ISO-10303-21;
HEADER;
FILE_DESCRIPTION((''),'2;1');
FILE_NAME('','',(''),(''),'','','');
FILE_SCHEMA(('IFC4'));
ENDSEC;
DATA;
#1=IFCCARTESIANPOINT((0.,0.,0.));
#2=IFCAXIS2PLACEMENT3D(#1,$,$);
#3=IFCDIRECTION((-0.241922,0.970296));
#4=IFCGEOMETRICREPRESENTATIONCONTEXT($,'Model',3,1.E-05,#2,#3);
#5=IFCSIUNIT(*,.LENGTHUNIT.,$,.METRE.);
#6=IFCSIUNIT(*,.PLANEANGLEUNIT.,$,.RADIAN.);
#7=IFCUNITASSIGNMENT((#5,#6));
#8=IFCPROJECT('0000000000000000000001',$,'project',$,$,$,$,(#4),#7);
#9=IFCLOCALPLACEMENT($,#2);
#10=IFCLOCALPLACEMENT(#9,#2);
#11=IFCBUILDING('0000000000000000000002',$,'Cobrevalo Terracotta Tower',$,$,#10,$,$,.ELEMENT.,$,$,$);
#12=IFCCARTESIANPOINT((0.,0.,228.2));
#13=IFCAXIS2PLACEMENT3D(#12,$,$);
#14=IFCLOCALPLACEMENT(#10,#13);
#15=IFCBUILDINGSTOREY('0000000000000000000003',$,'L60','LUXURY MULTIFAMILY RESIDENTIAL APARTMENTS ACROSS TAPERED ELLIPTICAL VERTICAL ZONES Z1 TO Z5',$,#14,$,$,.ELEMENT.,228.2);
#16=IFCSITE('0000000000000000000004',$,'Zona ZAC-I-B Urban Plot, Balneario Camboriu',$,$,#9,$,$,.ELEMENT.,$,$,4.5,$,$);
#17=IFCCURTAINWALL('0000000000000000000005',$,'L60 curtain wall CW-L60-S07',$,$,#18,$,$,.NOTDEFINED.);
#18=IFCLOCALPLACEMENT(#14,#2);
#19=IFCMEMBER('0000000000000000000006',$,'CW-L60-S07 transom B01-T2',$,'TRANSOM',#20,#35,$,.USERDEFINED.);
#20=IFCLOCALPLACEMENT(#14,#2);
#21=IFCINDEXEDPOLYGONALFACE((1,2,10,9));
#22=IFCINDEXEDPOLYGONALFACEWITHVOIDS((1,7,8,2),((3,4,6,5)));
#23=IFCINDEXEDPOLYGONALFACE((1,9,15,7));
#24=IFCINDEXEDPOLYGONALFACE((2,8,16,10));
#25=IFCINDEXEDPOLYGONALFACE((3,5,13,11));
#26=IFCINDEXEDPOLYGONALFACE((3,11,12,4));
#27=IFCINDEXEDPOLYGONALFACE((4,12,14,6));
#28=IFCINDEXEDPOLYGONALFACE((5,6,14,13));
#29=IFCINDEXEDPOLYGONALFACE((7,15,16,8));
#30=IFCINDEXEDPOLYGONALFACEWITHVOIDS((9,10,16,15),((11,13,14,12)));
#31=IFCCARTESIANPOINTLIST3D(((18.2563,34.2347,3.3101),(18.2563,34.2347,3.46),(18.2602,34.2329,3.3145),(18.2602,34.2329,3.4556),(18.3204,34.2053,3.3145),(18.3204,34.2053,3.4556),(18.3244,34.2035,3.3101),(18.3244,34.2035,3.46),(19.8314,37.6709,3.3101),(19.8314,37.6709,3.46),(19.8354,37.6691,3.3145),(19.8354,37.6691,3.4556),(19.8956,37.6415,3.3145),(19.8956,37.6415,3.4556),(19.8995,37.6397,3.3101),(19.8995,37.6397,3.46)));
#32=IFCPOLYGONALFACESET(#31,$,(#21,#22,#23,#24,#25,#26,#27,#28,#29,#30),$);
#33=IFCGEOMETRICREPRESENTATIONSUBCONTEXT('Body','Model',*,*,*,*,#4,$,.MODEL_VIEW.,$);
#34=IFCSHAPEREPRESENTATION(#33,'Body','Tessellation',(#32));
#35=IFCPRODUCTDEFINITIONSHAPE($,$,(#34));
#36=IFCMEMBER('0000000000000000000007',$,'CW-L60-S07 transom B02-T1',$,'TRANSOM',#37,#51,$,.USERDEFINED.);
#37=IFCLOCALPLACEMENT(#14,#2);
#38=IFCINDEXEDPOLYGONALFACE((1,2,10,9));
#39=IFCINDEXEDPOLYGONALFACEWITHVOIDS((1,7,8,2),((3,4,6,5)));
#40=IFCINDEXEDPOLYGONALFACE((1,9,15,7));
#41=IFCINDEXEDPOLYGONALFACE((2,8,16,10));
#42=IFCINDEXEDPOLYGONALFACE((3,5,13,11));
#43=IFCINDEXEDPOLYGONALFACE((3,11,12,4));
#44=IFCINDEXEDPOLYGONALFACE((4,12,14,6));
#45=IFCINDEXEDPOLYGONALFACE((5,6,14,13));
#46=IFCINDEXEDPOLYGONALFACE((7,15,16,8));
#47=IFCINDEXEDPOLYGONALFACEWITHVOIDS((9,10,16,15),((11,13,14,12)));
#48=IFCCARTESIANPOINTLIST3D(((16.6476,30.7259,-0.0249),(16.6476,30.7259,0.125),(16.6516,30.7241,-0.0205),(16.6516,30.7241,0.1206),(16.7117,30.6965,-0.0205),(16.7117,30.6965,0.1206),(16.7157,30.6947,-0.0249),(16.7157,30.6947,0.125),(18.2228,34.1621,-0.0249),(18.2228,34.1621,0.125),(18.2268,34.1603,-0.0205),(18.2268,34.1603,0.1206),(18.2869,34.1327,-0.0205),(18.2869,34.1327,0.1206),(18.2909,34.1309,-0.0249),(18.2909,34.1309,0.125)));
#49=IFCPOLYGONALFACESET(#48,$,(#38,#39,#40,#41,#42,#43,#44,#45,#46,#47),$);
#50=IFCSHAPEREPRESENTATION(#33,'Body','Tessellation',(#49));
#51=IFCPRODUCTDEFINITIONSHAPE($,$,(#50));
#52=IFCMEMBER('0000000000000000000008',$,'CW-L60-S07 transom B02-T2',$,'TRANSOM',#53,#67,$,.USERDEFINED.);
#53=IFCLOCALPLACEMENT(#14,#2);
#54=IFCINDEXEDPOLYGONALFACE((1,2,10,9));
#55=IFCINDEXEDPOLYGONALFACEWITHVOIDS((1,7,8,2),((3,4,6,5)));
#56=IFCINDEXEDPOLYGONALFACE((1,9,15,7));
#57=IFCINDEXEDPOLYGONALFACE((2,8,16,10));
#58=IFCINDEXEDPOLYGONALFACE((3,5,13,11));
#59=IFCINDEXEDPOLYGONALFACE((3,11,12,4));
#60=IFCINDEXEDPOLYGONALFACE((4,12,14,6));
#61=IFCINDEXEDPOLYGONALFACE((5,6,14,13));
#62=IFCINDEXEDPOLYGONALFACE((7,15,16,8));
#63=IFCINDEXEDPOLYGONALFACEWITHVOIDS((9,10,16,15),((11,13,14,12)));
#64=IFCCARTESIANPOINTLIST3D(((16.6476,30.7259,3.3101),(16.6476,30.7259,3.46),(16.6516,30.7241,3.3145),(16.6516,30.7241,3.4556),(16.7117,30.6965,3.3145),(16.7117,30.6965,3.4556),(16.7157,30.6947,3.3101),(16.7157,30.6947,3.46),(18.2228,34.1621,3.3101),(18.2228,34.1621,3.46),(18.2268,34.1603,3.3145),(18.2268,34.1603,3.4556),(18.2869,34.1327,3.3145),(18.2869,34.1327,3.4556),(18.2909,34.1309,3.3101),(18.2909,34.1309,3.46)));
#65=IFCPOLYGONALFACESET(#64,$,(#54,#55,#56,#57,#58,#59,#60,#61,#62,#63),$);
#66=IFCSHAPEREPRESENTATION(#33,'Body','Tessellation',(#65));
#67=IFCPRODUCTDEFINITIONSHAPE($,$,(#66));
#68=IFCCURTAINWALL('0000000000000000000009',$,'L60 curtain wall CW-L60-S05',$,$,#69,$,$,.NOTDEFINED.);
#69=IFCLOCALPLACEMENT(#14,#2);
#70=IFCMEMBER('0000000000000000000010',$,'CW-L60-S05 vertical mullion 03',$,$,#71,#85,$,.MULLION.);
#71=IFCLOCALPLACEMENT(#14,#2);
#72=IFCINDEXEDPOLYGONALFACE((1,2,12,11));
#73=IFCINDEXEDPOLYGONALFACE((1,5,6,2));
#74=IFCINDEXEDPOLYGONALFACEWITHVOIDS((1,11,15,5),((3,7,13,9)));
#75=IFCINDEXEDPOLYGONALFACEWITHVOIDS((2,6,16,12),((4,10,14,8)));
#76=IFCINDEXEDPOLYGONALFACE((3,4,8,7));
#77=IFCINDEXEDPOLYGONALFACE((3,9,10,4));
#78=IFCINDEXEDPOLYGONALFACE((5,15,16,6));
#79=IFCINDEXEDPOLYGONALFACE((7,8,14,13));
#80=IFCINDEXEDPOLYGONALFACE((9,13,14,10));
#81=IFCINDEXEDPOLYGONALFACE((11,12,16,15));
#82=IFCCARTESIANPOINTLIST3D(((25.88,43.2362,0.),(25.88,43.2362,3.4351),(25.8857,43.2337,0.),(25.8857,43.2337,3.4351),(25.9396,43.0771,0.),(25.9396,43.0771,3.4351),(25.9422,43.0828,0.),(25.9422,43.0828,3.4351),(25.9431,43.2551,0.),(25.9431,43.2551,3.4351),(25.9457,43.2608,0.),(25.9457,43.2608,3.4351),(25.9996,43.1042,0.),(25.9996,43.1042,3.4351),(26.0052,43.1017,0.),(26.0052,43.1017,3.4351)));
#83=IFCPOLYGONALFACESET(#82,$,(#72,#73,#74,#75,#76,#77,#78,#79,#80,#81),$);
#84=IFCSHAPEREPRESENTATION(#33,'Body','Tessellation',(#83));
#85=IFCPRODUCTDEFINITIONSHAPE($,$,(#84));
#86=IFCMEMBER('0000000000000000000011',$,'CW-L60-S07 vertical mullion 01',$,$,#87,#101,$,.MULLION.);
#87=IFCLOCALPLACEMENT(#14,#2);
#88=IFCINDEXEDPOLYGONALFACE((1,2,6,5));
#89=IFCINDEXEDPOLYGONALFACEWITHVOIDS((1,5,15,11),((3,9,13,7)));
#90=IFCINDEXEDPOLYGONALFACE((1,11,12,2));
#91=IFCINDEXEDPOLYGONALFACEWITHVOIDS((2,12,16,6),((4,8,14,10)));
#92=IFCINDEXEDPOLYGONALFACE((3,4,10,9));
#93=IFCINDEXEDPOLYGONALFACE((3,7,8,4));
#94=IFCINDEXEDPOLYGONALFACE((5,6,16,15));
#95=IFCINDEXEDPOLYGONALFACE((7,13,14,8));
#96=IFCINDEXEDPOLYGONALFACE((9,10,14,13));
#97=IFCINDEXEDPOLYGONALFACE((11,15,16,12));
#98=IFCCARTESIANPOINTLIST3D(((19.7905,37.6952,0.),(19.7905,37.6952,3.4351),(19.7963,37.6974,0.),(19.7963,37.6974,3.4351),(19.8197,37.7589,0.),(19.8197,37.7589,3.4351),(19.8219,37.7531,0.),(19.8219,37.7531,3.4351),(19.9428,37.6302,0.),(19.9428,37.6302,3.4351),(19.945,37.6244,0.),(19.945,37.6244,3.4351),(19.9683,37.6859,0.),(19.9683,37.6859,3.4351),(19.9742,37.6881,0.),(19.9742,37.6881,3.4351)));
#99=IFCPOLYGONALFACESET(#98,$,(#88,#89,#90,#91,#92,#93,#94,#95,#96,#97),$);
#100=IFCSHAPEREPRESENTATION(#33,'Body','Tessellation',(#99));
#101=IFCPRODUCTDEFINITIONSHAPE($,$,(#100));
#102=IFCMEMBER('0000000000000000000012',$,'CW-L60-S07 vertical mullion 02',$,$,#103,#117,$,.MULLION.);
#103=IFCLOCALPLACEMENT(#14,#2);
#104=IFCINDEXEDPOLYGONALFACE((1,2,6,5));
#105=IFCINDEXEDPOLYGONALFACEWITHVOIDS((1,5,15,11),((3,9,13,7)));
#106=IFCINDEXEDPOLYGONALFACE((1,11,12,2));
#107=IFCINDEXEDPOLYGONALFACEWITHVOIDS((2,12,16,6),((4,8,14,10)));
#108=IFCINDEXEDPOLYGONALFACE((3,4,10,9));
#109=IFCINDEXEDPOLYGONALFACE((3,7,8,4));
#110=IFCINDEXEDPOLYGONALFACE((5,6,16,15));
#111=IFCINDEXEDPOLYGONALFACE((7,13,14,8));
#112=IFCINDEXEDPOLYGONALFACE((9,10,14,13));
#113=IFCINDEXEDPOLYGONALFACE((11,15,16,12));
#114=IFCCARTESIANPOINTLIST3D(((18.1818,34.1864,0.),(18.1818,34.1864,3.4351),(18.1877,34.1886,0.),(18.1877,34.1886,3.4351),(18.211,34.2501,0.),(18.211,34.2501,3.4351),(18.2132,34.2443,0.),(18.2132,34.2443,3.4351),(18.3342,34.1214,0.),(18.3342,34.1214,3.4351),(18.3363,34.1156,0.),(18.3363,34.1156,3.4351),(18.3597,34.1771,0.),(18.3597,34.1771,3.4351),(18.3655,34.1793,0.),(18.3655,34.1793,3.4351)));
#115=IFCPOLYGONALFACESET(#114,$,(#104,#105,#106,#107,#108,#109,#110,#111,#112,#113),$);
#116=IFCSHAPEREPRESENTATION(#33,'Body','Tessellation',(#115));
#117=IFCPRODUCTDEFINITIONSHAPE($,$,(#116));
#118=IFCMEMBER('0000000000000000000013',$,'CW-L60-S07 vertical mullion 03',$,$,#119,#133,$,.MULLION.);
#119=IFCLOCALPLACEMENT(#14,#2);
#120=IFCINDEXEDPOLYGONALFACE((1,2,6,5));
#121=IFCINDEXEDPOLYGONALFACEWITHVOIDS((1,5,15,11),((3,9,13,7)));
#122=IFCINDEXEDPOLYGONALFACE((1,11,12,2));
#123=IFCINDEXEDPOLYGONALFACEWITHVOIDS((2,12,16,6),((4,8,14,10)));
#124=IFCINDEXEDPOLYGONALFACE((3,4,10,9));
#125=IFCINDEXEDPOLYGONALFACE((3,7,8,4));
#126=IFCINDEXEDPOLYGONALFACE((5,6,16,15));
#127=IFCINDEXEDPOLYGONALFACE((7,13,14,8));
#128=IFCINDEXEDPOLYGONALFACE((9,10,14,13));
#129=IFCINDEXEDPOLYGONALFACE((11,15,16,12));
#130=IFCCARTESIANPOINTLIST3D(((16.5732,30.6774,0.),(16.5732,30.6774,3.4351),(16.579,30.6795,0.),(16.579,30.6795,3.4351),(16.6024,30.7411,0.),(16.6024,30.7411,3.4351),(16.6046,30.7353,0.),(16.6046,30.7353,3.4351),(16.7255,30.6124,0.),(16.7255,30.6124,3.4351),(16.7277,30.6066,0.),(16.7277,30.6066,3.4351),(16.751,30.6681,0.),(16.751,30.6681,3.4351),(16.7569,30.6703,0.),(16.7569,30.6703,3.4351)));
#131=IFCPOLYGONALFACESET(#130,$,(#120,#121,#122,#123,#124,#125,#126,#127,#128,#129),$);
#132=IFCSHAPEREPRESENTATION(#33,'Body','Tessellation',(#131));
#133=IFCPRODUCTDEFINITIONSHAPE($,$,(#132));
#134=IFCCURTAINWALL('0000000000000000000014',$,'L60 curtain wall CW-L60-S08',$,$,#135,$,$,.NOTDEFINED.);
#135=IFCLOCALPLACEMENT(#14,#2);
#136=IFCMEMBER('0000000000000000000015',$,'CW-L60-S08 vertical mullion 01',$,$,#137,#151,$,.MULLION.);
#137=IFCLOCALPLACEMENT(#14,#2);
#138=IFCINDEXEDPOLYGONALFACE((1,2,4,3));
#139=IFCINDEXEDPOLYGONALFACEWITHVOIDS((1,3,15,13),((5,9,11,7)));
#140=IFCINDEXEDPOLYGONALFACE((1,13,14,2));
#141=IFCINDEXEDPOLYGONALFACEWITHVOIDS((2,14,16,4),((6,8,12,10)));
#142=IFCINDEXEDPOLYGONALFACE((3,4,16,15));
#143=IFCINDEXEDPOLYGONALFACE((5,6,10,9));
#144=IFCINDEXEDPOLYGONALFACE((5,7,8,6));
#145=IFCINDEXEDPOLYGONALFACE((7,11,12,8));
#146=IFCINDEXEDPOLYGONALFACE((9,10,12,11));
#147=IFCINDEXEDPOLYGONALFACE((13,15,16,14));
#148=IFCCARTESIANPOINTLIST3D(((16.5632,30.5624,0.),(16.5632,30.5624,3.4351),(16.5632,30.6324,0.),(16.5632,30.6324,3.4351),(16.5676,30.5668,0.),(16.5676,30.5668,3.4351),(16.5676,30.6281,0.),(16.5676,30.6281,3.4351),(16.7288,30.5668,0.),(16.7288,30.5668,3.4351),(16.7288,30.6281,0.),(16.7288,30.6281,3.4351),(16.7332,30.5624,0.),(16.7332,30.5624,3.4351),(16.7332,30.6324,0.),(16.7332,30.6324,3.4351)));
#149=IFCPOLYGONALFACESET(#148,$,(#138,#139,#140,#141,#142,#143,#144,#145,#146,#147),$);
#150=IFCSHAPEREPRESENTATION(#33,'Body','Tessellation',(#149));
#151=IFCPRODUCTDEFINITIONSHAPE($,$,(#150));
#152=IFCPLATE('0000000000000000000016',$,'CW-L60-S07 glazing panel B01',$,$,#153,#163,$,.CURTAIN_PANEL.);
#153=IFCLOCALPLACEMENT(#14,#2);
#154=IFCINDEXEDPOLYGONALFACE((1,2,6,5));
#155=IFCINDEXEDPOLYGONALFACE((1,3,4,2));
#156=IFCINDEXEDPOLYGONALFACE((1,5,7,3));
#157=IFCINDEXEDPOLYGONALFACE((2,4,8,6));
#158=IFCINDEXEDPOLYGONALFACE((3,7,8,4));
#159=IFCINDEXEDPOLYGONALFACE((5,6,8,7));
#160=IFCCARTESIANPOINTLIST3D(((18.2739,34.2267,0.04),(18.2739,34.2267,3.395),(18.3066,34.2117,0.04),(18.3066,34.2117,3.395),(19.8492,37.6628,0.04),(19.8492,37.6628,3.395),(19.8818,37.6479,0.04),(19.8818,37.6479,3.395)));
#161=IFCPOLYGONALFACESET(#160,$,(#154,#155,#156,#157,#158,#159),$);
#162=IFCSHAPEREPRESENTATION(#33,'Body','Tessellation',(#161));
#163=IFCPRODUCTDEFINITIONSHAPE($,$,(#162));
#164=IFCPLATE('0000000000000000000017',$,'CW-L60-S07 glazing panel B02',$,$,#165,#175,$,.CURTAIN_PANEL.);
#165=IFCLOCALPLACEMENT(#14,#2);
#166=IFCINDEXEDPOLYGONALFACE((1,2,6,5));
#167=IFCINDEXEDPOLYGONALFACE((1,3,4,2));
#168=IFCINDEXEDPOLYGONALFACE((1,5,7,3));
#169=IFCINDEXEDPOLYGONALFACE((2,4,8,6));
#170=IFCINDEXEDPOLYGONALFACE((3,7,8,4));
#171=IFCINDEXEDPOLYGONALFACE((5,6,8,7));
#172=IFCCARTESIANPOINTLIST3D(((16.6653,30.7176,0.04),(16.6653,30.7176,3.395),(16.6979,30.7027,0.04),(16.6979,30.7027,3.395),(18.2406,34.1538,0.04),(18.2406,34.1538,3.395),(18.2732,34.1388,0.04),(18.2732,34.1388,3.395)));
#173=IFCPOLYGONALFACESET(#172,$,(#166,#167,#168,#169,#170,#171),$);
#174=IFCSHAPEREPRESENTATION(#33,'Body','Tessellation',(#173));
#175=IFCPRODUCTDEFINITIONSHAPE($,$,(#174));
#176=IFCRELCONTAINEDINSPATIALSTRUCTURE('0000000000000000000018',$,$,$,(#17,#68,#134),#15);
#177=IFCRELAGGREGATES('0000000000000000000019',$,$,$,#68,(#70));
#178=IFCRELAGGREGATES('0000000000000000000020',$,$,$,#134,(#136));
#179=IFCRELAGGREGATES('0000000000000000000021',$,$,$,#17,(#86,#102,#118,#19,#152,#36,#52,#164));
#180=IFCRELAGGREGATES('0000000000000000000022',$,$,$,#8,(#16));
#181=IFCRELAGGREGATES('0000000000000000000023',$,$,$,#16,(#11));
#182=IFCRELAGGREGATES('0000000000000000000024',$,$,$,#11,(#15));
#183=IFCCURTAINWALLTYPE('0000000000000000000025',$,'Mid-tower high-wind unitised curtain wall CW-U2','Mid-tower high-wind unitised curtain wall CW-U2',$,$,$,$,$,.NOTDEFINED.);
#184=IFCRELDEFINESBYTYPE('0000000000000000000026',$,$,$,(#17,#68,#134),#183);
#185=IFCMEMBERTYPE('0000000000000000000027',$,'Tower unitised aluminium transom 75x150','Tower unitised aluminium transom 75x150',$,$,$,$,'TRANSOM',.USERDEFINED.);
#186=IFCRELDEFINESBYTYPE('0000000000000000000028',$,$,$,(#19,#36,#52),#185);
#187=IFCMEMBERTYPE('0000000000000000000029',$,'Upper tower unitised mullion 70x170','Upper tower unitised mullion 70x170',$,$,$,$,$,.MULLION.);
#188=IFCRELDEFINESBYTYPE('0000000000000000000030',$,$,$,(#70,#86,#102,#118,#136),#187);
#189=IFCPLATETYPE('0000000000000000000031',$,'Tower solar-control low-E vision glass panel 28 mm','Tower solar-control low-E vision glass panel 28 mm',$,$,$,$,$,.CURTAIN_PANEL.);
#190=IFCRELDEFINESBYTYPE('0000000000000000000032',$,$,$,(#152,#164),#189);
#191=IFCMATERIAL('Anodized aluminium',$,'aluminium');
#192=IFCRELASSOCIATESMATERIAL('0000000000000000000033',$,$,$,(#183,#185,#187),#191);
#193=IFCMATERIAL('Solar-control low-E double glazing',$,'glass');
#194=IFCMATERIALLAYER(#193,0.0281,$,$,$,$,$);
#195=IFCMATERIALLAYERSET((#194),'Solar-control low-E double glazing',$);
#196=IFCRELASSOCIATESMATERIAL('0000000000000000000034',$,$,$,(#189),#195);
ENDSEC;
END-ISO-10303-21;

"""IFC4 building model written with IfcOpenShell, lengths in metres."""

from ifc_helpers import new_model, si_unit, direction, frame, origin, origin_2d, place, context, subcontext, project, spatial, rectangle, hollow_rectangle, extrude, source, transform, mapped, material, layer, layer_set, material_profile, profile_set, type_object, element, aggregate, save


model = new_model("IFC4")

# Units and contexts
model_context = context("Model", 3, precision=1e-05, world=origin(), true_north=direction((-0.241922, 0.970296)))
body_context = subcontext(model_context, "Body", "Model", "MODEL_VIEW")
ifc_project = project(units=[si_unit("LENGTHUNIT", "METRE"), si_unit("PLANEANGLEUNIT", "RADIAN")], contexts=[model_context])

# Site, building, storey
site_placement = place(None, origin())
site = spatial("IfcSite", under=ifc_project, at=site_placement, Name="Zona ZAC-I-B Urban Plot, Balneario Camboriu", CompositionType="ELEMENT", RefElevation=4.5)
building_placement = place(site_placement, origin())
building = spatial("IfcBuilding", under=site, at=building_placement, Name="Cobrevalo Terracotta Tower", CompositionType="ELEMENT")
storey_placement = place(building_placement, frame((0.0, 0.0, 228.2)))
storey = spatial("IfcBuildingStorey", under=building, at=storey_placement, Name="L60", Description="LUXURY MULTIFAMILY RESIDENTIAL APARTMENTS ACROSS TAPERED ELLIPTICAL VERTICAL ZONES Z1 TO Z5", CompositionType="ELEMENT", Elevation=228.2)

# Curtain wall, members
ifc_material_1 = material(Name="Anodized aluminium", Category="aluminium")
curtain_wall_type = type_object("IfcCurtainWallType", Name="Mid-tower high-wind unitised curtain wall CW-U2", Description="Mid-tower high-wind unitised curtain wall CW-U2", PredefinedType="NOTDEFINED", material=ifc_material_1)
curtain_wall_1_placement = place(storey_placement, origin())
curtain_wall_1 = element("IfcCurtainWall", 1, at=curtain_wall_1_placement, inside=storey, type_object=curtain_wall_type, Name="L60 curtain wall CW-L60-S07", PredefinedType="NOTDEFINED")
ifc_material_profile_1 = material_profile(ifc_material_1, hollow_rectangle(XDim=0.075, YDim=0.1499, WallThickness=0.0044, at=origin_2d()), Name="CWT 75x150")
ifc_profile_set_1 = profile_set([ifc_material_profile_1], Name="Anodized aluminium")
member_type_1 = type_object("IfcMemberType", Name="Tower unitised aluminium transom 75x150", Description="Tower unitised aluminium transom 75x150", ElementType="TRANSOM", PredefinedType="USERDEFINED", material=ifc_profile_set_1)
shared_shape_1 = source(origin(), body_context, "Body", "SweptSolid", [
    extrude(hollow_rectangle(XDim=0.075, YDim=0.1499, WallThickness=0.0044, at=origin_2d()), origin(), (0.0, 0.0, 1.0), 3.78),
])
member_1_placement = place(storey_placement, frame((19.8655, 37.6553, 3.385), z_axis=(-0.416706, -0.909041, 0.0), x_axis=(0.909041, -0.416706, 0.0)))
member_1 = element("IfcMember", 2, at=member_1_placement, type_object=member_type_1, Name="CW-L60-S07 transom B01-T2", ObjectType="TRANSOM", PredefinedType="USERDEFINED", context=body_context, shape_type="MappedRepresentation", body=[
    mapped(shared_shape_1, transform((0.0, 0.0, 0.0), scale=1.0)),
])
member_2_placement = place(storey_placement, frame((18.2568, 34.1465, 0.05), z_axis=(-0.416706, -0.909041, 0.0), x_axis=(0.909041, -0.416706, 0.0)))
member_2 = element("IfcMember", 3, at=member_2_placement, type_object=member_type_1, Name="CW-L60-S07 transom B02-T1", ObjectType="TRANSOM", PredefinedType="USERDEFINED", context=body_context, shape_type="MappedRepresentation", body=[
    mapped(shared_shape_1, transform((0.0, 0.0, 0.0), scale=1.0)),
])
member_3_placement = place(storey_placement, frame((18.2568, 34.1465, 3.385), z_axis=(-0.416706, -0.909041, 0.0), x_axis=(0.909041, -0.416706, 0.0)))
member_3 = element("IfcMember", 4, at=member_3_placement, type_object=member_type_1, Name="CW-L60-S07 transom B02-T2", ObjectType="TRANSOM", PredefinedType="USERDEFINED", context=body_context, shape_type="MappedRepresentation", body=[
    mapped(shared_shape_1, transform((0.0, 0.0, 0.0), scale=1.0)),
])

# Curtain wall, member
curtain_wall_2_placement = place(storey_placement, origin())
curtain_wall_2 = element("IfcCurtainWall", 5, at=curtain_wall_2_placement, inside=storey, type_object=curtain_wall_type, Name="L60 curtain wall CW-L60-S05", PredefinedType="NOTDEFINED")
ifc_material_profile_2 = material_profile(ifc_material_1, hollow_rectangle(XDim=0.0701, YDim=0.1699, WallThickness=0.0044, at=origin_2d()), Name="CWM 70x170")
ifc_profile_set_2 = profile_set([ifc_material_profile_2], Name="Anodized aluminium")
member_type_2 = type_object("IfcMemberType", Name="Upper tower unitised mullion 70x170", Description="Upper tower unitised mullion 70x170", PredefinedType="MULLION", material=ifc_profile_set_2)
shared_shape_2 = source(origin(), body_context, "Body", "SweptSolid", [
    extrude(hollow_rectangle(XDim=0.0701, YDim=0.1699, WallThickness=0.0044, at=origin_2d()), origin(), (0.0, 0.0, 1.0), 3.4351),
])
member_4_placement = place(storey_placement, frame((25.9426, 43.1689, 0.0), z_axis=(0.0, 0.0, 1.0), x_axis=(-0.936556, -0.350518, 0.0)))
member_4 = element("IfcMember", 6, at=member_4_placement, type_object=member_type_2, Name="CW-L60-S05 vertical mullion 03", PredefinedType="MULLION", context=body_context, shape_type="MappedRepresentation", body=[
    mapped(shared_shape_2, transform((0.0, 0.0, 0.0), scale=1.0)),
])
aggregate(curtain_wall_2, [member_4])

# Members
member_5_placement = place(storey_placement, frame((19.8823, 37.6917, 0.0), z_axis=(0.0, 0.0, 1.0), x_axis=(-0.416725, -0.909033, 0.0)))
member_5 = element("IfcMember", 7, at=member_5_placement, type_object=member_type_2, Name="CW-L60-S07 vertical mullion 01", PredefinedType="MULLION", context=body_context, shape_type="MappedRepresentation", body=[
    mapped(shared_shape_2, transform((0.0, 0.0, 0.0), scale=1.0)),
])
member_6_placement = place(storey_placement, frame((18.2737, 34.1829, 0.0), z_axis=(0.0, 0.0, 1.0), x_axis=(-0.416725, -0.909033, 0.0)))
member_6 = element("IfcMember", 8, at=member_6_placement, type_object=member_type_2, Name="CW-L60-S07 vertical mullion 02", PredefinedType="MULLION", context=body_context, shape_type="MappedRepresentation", body=[
    mapped(shared_shape_2, transform((0.0, 0.0, 0.0), scale=1.0)),
])
member_7_placement = place(storey_placement, frame((16.665, 30.6738, 0.0), z_axis=(0.0, 0.0, 1.0), x_axis=(-0.416725, -0.909033, 0.0)))
member_7 = element("IfcMember", 9, at=member_7_placement, type_object=member_type_2, Name="CW-L60-S07 vertical mullion 03", PredefinedType="MULLION", context=body_context, shape_type="MappedRepresentation", body=[
    mapped(shared_shape_2, transform((0.0, 0.0, 0.0), scale=1.0)),
])

# Curtain wall, member
curtain_wall_3_placement = place(storey_placement, origin())
curtain_wall_3 = element("IfcCurtainWall", 10, at=curtain_wall_3_placement, inside=storey, type_object=curtain_wall_type, Name="L60 curtain wall CW-L60-S08", PredefinedType="NOTDEFINED")
member_8_placement = place(storey_placement, frame((16.6482, 30.5974, 0.0), z_axis=(0.0, 0.0, 1.0), x_axis=(0.0, -1.0, 0.0)))
member_8 = element("IfcMember", 11, at=member_8_placement, type_object=member_type_2, Name="CW-L60-S08 vertical mullion 01", PredefinedType="MULLION", context=body_context, shape_type="MappedRepresentation", body=[
    mapped(shared_shape_2, transform((0.0, 0.0, 0.0), scale=1.0)),
])
aggregate(curtain_wall_3, [member_8])

# Plates
ifc_material_2 = material(Name="Solar-control low-E double glazing", Category="glass")
ifc_layer_1 = layer(ifc_material_2, 0.0281)
ifc_layer_set_1 = layer_set([ifc_layer_1], Name="Solar-control low-E double glazing")
plate_type = type_object("IfcPlateType", Name="Tower solar-control low-E vision glass panel 28 mm", Description="Tower solar-control low-E vision glass panel 28 mm", PredefinedType="CURTAIN_PANEL", material=ifc_layer_set_1)
shared_shape_3 = source(origin(), body_context, "Body", "SweptSolid", [
    extrude(rectangle(XDim=3.78, YDim=0.0359, at=origin_2d()), origin(), (0.0, 0.0, 1.0), 3.355),
])
plate_1_placement = place(storey_placement, frame((19.0779, 35.9373, 0.04), z_axis=(0.0, 0.0, 1.0), x_axis=(-0.416731, -0.90903, 0.0)))
plate_1 = element("IfcPlate", 12, at=plate_1_placement, type_object=plate_type, Name="CW-L60-S07 glazing panel B01", PredefinedType="CURTAIN_PANEL", context=body_context, shape_type="MappedRepresentation", body=[
    mapped(shared_shape_3, transform((0.0, 0.0, 0.0), scale=1.0)),
])
plate_2_placement = place(storey_placement, frame((17.4692, 32.4282, 0.04), z_axis=(0.0, 0.0, 1.0), x_axis=(-0.416731, -0.90903, 0.0)))
plate_2 = element("IfcPlate", 13, at=plate_2_placement, type_object=plate_type, Name="CW-L60-S07 glazing panel B02", PredefinedType="CURTAIN_PANEL", context=body_context, shape_type="MappedRepresentation", body=[
    mapped(shared_shape_3, transform((0.0, 0.0, 0.0), scale=1.0)),
])
aggregate(curtain_wall_1, [member_5, member_6, member_7, member_1, plate_1, member_2, member_3, plate_2])

save(model, "model.ifc")
